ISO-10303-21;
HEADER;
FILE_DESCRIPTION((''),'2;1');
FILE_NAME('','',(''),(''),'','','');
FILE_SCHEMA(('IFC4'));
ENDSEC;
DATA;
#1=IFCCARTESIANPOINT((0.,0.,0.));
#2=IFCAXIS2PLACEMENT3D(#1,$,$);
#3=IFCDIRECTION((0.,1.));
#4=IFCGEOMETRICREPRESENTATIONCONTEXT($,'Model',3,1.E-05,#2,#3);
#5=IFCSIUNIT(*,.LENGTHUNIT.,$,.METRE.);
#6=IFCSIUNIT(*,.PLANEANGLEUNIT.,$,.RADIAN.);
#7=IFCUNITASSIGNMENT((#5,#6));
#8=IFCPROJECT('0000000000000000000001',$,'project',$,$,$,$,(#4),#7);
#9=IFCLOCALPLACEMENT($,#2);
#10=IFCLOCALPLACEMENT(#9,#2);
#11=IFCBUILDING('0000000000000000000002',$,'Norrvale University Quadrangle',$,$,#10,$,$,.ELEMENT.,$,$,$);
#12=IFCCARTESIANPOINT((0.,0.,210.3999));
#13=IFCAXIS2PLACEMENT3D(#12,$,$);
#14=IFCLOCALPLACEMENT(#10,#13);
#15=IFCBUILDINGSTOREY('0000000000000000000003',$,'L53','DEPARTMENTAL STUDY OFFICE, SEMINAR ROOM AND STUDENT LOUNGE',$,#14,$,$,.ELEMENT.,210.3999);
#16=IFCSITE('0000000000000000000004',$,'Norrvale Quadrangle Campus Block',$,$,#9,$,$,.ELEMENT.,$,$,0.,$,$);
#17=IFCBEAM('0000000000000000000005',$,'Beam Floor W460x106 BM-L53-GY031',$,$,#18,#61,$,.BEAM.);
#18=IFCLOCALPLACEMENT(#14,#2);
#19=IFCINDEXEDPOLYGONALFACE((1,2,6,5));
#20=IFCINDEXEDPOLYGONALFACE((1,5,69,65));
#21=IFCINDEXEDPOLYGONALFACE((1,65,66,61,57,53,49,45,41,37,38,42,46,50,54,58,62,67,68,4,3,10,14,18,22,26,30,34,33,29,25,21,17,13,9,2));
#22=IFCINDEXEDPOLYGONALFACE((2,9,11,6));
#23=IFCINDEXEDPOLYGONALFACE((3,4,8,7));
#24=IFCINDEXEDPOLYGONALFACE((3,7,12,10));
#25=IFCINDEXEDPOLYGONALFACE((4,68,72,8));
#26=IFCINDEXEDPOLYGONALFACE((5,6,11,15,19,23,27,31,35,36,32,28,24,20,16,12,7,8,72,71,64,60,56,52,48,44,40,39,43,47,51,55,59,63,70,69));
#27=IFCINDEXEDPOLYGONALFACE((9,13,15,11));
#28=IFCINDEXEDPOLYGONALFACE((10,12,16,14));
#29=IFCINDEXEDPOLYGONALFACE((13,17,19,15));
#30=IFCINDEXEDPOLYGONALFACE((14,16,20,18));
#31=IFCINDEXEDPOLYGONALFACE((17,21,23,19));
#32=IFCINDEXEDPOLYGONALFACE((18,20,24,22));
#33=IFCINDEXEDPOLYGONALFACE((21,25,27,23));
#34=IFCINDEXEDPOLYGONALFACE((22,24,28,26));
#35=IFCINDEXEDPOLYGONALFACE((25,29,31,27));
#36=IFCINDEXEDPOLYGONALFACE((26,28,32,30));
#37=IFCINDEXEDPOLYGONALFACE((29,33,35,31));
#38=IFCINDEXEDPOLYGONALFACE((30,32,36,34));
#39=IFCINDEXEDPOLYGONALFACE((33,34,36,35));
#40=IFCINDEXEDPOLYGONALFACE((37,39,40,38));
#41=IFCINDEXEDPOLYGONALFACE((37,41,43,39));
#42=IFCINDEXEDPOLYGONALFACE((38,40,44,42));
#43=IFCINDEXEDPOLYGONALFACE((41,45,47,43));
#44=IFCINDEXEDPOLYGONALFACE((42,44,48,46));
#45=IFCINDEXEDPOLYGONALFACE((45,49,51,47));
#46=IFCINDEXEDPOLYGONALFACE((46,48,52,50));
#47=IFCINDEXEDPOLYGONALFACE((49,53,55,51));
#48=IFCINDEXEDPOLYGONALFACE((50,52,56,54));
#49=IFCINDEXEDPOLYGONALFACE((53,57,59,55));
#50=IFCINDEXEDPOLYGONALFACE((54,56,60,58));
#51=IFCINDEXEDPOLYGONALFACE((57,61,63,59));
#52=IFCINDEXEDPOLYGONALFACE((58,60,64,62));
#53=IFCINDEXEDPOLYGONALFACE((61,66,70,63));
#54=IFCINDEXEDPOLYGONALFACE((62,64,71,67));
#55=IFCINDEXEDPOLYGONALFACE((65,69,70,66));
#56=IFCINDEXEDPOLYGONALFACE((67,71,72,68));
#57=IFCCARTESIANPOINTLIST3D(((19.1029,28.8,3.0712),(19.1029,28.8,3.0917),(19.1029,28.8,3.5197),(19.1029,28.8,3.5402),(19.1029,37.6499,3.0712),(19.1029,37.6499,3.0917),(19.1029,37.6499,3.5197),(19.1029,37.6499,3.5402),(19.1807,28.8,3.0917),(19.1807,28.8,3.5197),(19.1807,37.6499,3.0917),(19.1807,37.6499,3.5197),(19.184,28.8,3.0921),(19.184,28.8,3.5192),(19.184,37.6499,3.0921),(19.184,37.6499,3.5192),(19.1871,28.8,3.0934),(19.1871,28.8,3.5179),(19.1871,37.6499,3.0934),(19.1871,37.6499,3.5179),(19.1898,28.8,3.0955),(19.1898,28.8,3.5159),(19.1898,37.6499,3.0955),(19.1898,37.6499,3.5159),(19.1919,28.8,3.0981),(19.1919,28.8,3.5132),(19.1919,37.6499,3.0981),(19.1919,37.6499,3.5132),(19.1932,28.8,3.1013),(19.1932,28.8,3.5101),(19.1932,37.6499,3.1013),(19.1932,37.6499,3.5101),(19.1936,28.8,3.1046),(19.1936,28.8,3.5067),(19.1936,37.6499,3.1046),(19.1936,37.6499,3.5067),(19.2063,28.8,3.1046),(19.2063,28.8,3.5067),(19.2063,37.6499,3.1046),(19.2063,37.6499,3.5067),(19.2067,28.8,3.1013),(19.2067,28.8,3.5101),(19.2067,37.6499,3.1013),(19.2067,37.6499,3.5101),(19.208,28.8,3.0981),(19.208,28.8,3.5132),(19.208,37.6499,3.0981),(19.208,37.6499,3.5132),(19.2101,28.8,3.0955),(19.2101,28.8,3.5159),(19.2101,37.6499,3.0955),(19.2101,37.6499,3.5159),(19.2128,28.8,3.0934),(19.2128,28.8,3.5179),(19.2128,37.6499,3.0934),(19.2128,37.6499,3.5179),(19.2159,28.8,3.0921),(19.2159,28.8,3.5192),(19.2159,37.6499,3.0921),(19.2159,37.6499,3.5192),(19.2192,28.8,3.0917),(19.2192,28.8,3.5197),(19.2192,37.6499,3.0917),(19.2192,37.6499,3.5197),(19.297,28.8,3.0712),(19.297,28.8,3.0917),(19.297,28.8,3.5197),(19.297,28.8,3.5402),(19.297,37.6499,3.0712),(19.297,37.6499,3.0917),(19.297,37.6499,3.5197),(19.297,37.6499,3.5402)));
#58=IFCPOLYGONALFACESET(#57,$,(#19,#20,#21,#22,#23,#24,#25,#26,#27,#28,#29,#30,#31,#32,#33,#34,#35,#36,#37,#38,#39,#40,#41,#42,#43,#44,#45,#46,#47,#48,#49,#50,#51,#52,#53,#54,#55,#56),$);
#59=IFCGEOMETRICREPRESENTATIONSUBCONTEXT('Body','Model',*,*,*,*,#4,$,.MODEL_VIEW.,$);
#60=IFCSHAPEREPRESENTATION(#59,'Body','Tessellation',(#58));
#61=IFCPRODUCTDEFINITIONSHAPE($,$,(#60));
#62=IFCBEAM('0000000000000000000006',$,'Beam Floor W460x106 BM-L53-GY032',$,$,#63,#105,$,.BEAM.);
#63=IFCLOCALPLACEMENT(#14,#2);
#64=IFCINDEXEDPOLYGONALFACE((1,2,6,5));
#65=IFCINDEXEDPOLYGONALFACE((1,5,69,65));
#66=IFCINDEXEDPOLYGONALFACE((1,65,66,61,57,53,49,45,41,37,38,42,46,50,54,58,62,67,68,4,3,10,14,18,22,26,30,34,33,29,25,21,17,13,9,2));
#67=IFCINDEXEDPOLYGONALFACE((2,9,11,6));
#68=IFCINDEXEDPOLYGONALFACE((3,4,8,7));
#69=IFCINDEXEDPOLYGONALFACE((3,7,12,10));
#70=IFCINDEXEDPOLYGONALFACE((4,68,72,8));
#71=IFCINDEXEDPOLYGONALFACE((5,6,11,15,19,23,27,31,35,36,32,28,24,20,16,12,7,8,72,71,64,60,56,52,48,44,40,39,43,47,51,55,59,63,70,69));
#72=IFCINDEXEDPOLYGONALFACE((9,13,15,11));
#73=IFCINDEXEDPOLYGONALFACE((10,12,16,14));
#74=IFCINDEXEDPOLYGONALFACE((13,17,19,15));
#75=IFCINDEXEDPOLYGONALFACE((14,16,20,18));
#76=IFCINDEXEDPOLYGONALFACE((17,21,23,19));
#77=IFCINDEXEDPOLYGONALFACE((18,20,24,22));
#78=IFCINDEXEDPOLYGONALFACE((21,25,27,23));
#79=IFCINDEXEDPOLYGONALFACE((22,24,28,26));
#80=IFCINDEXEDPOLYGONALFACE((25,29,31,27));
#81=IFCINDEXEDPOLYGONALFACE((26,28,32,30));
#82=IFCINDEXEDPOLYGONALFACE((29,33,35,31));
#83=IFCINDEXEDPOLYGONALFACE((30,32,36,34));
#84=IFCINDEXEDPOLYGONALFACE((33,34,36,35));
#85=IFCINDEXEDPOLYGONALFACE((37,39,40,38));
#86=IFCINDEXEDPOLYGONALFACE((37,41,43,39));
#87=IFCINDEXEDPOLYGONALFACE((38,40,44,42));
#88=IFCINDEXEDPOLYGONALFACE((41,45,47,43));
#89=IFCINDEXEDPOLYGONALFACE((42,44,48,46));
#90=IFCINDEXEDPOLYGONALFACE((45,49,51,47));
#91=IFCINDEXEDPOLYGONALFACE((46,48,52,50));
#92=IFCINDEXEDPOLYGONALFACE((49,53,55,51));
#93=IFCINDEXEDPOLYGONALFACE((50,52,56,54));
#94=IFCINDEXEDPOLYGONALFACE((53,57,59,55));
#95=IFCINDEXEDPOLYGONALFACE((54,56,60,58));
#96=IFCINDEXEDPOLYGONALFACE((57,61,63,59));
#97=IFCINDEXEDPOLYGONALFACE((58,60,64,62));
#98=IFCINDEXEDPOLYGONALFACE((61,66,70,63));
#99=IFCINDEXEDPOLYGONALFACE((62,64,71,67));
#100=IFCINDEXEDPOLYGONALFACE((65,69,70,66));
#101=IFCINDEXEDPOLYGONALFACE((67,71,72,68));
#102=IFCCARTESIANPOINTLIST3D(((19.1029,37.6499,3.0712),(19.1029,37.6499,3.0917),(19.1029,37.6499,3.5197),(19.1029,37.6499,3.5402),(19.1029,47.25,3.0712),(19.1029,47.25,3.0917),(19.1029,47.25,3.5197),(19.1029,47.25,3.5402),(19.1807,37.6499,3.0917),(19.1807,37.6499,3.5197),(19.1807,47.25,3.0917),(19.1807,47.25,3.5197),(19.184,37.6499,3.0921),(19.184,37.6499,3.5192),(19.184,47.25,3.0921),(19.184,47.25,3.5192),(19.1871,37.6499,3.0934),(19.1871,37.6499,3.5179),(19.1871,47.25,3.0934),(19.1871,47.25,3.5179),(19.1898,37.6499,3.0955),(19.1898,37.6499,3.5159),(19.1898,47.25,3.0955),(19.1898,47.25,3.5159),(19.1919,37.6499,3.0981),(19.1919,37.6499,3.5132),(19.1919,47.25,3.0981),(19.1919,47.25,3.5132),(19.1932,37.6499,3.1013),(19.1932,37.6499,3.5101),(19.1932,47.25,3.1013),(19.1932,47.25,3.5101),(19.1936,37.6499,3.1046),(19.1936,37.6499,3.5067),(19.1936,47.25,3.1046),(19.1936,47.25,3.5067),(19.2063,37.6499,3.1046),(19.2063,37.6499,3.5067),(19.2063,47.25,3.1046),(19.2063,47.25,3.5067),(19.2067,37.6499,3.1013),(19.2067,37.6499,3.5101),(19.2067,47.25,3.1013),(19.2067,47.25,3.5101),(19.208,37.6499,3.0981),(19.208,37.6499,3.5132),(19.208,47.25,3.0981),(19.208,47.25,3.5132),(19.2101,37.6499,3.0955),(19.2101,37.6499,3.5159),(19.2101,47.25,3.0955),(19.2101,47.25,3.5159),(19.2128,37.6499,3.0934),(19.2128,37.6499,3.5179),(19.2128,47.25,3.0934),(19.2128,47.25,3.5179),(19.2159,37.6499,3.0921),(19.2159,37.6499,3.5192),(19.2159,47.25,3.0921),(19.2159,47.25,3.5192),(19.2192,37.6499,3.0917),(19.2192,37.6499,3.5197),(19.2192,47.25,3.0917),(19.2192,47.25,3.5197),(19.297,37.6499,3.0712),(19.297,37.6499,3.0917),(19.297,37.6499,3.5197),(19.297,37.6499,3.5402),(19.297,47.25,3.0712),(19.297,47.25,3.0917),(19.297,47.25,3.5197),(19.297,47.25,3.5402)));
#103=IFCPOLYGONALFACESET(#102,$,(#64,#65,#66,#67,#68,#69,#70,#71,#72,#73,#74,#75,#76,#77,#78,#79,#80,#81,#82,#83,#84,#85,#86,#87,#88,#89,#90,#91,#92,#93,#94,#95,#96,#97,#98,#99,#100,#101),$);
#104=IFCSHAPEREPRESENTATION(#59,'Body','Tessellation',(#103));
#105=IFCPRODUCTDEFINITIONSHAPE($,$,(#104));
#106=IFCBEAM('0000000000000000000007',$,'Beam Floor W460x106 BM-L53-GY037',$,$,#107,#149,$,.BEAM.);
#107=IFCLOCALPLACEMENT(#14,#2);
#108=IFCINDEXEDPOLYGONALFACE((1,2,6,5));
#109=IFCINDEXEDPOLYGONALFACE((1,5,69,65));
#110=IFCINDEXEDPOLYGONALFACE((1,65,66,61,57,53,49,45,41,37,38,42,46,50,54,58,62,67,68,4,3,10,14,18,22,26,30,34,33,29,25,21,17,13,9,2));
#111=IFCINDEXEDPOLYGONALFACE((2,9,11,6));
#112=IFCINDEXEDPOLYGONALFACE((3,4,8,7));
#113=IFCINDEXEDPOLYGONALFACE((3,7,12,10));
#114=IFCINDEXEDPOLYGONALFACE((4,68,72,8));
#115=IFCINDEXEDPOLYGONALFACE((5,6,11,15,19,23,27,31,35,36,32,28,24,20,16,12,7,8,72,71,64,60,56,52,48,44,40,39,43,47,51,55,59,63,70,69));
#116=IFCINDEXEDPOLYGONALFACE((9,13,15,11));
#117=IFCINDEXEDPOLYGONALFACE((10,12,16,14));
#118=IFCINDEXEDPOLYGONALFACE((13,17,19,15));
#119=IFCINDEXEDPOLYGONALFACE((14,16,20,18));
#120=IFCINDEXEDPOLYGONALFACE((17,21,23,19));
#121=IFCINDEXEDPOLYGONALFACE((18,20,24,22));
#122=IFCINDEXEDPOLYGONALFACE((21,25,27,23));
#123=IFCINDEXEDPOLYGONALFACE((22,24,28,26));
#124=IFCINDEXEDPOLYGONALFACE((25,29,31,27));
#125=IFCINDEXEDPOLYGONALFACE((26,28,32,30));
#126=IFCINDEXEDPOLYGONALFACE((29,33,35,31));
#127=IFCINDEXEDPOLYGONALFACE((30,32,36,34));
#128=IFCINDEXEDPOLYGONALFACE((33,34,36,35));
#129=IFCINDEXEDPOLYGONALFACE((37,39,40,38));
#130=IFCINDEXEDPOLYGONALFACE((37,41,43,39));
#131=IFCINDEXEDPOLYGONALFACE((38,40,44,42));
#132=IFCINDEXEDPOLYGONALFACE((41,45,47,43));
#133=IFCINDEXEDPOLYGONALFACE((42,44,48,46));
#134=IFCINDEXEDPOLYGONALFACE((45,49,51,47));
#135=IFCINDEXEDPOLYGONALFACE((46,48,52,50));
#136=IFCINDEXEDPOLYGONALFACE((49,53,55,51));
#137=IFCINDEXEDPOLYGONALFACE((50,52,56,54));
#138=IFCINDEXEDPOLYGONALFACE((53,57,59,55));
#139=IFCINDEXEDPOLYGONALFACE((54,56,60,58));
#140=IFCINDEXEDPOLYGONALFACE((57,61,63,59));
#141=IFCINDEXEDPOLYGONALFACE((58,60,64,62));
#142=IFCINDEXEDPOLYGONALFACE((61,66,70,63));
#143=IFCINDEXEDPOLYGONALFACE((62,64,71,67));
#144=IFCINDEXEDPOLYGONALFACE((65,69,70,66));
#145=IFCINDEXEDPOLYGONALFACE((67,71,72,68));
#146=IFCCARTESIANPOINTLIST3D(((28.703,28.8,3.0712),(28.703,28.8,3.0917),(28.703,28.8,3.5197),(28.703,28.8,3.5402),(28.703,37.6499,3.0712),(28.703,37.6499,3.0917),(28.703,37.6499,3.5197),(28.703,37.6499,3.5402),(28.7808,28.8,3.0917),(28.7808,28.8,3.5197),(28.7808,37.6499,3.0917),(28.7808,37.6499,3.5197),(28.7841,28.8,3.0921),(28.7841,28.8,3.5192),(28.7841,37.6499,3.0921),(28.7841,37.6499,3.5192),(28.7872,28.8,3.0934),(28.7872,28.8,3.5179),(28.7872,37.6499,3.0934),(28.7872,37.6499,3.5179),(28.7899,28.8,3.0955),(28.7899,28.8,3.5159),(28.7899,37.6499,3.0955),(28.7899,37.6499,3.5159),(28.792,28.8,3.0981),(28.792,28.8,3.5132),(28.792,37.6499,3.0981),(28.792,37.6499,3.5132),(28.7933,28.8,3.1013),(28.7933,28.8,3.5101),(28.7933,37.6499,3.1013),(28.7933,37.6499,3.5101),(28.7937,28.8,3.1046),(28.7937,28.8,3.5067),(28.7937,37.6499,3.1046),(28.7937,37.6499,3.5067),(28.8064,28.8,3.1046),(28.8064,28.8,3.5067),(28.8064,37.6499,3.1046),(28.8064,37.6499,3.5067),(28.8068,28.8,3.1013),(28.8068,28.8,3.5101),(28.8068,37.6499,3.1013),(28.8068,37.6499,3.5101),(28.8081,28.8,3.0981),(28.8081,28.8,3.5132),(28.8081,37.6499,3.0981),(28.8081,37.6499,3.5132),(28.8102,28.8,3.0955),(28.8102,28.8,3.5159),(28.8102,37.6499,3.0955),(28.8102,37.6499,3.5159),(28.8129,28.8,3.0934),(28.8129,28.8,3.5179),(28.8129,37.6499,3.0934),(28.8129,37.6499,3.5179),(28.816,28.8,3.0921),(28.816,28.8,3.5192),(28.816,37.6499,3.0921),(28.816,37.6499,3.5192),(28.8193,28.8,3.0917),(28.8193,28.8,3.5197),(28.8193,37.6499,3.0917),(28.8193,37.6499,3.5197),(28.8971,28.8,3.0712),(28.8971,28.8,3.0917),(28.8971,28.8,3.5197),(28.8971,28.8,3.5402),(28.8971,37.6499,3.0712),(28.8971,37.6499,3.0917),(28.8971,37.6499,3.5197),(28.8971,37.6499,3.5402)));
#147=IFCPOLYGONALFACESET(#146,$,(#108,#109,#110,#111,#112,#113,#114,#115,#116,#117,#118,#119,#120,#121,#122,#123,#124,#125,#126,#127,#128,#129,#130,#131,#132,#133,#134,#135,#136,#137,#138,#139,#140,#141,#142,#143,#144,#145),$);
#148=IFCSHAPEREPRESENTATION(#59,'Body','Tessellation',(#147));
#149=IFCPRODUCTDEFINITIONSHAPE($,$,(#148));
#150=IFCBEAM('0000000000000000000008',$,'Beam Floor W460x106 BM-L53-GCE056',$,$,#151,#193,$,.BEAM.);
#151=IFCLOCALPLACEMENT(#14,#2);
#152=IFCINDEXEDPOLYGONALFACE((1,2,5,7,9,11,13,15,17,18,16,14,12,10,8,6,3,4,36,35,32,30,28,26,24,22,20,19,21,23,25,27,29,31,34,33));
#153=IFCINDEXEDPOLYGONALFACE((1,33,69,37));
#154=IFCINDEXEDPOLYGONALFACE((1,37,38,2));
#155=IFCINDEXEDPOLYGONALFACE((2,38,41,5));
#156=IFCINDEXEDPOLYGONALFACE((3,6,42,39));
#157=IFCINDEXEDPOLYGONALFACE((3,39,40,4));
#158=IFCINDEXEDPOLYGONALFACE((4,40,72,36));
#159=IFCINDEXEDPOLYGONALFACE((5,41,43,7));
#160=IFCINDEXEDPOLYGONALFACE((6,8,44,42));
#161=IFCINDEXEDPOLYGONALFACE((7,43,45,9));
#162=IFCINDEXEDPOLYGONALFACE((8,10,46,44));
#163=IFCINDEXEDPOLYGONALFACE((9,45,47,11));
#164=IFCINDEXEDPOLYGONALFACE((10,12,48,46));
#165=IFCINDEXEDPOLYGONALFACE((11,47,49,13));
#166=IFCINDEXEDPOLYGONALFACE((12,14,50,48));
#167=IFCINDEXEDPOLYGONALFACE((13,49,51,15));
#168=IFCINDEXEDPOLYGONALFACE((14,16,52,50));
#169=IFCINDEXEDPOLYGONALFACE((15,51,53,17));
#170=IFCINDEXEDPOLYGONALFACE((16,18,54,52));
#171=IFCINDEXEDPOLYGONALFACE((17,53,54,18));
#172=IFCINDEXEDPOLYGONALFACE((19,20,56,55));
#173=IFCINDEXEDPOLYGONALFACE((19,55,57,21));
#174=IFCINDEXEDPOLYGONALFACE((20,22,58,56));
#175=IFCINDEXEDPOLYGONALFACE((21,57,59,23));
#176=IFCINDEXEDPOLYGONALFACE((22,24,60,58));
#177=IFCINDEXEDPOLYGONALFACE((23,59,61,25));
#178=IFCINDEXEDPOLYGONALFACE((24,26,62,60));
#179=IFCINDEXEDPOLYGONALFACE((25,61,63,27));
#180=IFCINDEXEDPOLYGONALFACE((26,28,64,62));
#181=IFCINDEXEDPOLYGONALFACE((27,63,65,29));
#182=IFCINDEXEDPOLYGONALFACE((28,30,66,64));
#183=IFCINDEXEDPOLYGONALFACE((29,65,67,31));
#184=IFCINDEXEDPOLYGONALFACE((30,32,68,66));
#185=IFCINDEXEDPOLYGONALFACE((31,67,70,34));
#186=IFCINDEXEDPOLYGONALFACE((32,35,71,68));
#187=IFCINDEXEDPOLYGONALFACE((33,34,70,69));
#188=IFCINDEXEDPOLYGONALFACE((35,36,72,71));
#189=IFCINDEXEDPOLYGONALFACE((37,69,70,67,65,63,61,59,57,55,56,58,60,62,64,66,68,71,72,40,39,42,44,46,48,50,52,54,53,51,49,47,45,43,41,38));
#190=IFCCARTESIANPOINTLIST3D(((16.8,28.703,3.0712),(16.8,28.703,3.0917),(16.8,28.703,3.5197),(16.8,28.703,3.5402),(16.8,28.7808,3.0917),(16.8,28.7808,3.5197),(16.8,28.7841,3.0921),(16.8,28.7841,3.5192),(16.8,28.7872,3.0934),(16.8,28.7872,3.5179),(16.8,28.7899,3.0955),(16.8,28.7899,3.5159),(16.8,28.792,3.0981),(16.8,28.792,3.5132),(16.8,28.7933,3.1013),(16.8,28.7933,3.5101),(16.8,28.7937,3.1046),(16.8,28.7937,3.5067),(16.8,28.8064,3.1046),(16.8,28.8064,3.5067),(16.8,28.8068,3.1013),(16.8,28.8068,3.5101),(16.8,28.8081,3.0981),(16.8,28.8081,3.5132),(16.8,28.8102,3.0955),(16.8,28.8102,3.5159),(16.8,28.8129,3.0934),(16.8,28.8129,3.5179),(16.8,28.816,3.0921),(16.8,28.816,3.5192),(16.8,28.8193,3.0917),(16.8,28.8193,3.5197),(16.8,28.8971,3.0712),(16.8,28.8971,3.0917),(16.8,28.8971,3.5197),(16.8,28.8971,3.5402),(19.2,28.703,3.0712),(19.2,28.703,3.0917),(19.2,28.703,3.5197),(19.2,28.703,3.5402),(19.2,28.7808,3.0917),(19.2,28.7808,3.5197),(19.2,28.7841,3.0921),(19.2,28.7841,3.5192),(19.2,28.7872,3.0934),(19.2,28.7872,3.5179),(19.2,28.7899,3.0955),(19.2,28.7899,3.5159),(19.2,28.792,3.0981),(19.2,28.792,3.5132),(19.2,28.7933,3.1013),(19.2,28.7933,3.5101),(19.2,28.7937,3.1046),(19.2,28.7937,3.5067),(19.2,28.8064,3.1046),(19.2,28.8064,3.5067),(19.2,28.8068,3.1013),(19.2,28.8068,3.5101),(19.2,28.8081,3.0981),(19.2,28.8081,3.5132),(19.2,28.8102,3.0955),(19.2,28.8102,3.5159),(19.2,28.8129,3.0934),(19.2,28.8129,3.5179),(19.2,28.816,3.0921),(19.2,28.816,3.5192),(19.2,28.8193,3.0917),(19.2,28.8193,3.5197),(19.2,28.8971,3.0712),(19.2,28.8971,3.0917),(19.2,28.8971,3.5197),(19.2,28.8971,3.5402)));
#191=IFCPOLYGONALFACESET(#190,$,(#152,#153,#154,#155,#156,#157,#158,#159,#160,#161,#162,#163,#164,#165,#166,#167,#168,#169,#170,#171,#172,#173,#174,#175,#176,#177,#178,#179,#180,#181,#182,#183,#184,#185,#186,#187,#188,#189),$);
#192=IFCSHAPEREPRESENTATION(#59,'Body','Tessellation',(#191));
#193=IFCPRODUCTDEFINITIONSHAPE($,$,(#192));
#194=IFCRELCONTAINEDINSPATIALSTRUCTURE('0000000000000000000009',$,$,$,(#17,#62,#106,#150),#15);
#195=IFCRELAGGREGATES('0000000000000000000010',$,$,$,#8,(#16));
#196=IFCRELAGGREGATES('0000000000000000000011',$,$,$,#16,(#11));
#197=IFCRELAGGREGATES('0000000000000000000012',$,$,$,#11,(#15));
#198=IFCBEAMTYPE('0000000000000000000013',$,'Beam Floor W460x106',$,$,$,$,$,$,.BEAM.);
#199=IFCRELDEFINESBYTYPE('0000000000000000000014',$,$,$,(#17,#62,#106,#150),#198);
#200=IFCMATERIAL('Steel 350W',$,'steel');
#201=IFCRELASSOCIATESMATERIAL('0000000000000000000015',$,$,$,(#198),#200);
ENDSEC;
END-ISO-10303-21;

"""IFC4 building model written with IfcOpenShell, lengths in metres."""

from ifc_helpers import new_model, si_unit, direction, frame, origin, origin_2d, place, context, subcontext, project, spatial, i_section, extrude, material, material_profile, profile_set, type_object, element, save


model = new_model("IFC4")

# Units and contexts
model_context = context("Model", 3, precision=1e-05, world=origin(), true_north=direction((0.0, 1.0)))
body_context = subcontext(model_context, "Body", "Model", "MODEL_VIEW")
ifc_project = project(units=[si_unit("LENGTHUNIT", "METRE"), si_unit("PLANEANGLEUNIT", "RADIAN")], contexts=[model_context])

# Site, building, storey
site_placement = place(None, origin())
site = spatial("IfcSite", under=ifc_project, at=site_placement, Name="Norrvale Quadrangle Campus Block", CompositionType="ELEMENT", RefElevation=0.0)
building_placement = place(site_placement, origin())
building = spatial("IfcBuilding", under=site, at=building_placement, Name="Norrvale University Quadrangle", CompositionType="ELEMENT")
storey_placement = place(building_placement, frame((0.0, 0.0, 210.3999)))
storey = spatial("IfcBuildingStorey", under=building, at=storey_placement, Name="L53", Description="DEPARTMENTAL STUDY OFFICE, SEMINAR ROOM AND STUDENT LOUNGE", CompositionType="ELEMENT", Elevation=210.3999)

# Beams
ifc_material_1 = material(Name="Steel 350W", Category="steel")
ifc_material_profile_1 = material_profile(ifc_material_1, i_section(OverallWidth=0.1941, OverallDepth=0.469, WebThickness=0.0127, FlangeThickness=0.0205, FilletRadius=0.0129, at=origin_2d()), Name="Steel 350W")
ifc_profile_set_1 = profile_set([ifc_material_profile_1], Name="Steel 350W")
beam_type_1 = type_object("IfcBeamType", Name="Beam Floor W460x106", PredefinedType="BEAM", material=ifc_profile_set_1)
beam_1_placement = place(storey_placement, frame((19.2, 28.8, 3.3057), z_axis=(0.0, 1.0, 0.0), x_axis=(-1.0, 0.0, 0.0)))
element("IfcBeam", 1, at=beam_1_placement, inside=storey, type_object=beam_type_1, Name="Beam Floor W460x106 BM-L53-GY031", PredefinedType="BEAM", context=body_context, shape_type="SweptSolid", body=[
    extrude(i_section(OverallWidth=0.1941, OverallDepth=0.469, WebThickness=0.0127, FlangeThickness=0.0205, FilletRadius=0.0129, at=origin_2d()), origin(), (0.0, 0.0, 1.0), 8.8499),
])
beam_2_placement = place(storey_placement, frame((19.2, 37.6499, 3.3057), z_axis=(0.0, 1.0, 0.0), x_axis=(-1.0, 0.0, 0.0)))
element("IfcBeam", 2, at=beam_2_placement, inside=storey, type_object=beam_type_1, Name="Beam Floor W460x106 BM-L53-GY032", PredefinedType="BEAM", context=body_context, shape_type="SweptSolid", body=[
    extrude(i_section(OverallWidth=0.1941, OverallDepth=0.469, WebThickness=0.0127, FlangeThickness=0.0205, FilletRadius=0.0129, at=origin_2d()), origin(), (0.0, 0.0, 1.0), 9.6001),
])
beam_3_placement = place(storey_placement, frame((28.8, 28.8, 3.3057), z_axis=(0.0, 1.0, 0.0), x_axis=(-1.0, 0.0, 0.0)))
element("IfcBeam", 3, at=beam_3_placement, inside=storey, type_object=beam_type_1, Name="Beam Floor W460x106 BM-L53-GY037", PredefinedType="BEAM", context=body_context, shape_type="SweptSolid", body=[
    extrude(i_section(OverallWidth=0.1941, OverallDepth=0.469, WebThickness=0.0127, FlangeThickness=0.0205, FilletRadius=0.0129, at=origin_2d()), origin(), (0.0, 0.0, 1.0), 8.8499),
])
for number, where, z_axis, x_axis, name in (
    (4, (16.8, 28.8, 3.3057), (1.0, 0.0, 0.0), (0.0, 1.0, 0.0), "Beam Floor W460x106 BM-L53-GCE056"),
):
    element("IfcBeam", number, at=place(storey_placement, frame(where, z_axis=z_axis, x_axis=x_axis)), inside=storey, type_object=beam_type_1, Name=name, PredefinedType="BEAM", context=body_context, shape_type="SweptSolid", body=[
        extrude(i_section(OverallWidth=0.1941, OverallDepth=0.469, WebThickness=0.0127, FlangeThickness=0.0205, FilletRadius=0.0129, at=origin_2d()), origin(), (0.0, 0.0, 1.0), 2.3999),
    ])

save(model, "model.ifc")
